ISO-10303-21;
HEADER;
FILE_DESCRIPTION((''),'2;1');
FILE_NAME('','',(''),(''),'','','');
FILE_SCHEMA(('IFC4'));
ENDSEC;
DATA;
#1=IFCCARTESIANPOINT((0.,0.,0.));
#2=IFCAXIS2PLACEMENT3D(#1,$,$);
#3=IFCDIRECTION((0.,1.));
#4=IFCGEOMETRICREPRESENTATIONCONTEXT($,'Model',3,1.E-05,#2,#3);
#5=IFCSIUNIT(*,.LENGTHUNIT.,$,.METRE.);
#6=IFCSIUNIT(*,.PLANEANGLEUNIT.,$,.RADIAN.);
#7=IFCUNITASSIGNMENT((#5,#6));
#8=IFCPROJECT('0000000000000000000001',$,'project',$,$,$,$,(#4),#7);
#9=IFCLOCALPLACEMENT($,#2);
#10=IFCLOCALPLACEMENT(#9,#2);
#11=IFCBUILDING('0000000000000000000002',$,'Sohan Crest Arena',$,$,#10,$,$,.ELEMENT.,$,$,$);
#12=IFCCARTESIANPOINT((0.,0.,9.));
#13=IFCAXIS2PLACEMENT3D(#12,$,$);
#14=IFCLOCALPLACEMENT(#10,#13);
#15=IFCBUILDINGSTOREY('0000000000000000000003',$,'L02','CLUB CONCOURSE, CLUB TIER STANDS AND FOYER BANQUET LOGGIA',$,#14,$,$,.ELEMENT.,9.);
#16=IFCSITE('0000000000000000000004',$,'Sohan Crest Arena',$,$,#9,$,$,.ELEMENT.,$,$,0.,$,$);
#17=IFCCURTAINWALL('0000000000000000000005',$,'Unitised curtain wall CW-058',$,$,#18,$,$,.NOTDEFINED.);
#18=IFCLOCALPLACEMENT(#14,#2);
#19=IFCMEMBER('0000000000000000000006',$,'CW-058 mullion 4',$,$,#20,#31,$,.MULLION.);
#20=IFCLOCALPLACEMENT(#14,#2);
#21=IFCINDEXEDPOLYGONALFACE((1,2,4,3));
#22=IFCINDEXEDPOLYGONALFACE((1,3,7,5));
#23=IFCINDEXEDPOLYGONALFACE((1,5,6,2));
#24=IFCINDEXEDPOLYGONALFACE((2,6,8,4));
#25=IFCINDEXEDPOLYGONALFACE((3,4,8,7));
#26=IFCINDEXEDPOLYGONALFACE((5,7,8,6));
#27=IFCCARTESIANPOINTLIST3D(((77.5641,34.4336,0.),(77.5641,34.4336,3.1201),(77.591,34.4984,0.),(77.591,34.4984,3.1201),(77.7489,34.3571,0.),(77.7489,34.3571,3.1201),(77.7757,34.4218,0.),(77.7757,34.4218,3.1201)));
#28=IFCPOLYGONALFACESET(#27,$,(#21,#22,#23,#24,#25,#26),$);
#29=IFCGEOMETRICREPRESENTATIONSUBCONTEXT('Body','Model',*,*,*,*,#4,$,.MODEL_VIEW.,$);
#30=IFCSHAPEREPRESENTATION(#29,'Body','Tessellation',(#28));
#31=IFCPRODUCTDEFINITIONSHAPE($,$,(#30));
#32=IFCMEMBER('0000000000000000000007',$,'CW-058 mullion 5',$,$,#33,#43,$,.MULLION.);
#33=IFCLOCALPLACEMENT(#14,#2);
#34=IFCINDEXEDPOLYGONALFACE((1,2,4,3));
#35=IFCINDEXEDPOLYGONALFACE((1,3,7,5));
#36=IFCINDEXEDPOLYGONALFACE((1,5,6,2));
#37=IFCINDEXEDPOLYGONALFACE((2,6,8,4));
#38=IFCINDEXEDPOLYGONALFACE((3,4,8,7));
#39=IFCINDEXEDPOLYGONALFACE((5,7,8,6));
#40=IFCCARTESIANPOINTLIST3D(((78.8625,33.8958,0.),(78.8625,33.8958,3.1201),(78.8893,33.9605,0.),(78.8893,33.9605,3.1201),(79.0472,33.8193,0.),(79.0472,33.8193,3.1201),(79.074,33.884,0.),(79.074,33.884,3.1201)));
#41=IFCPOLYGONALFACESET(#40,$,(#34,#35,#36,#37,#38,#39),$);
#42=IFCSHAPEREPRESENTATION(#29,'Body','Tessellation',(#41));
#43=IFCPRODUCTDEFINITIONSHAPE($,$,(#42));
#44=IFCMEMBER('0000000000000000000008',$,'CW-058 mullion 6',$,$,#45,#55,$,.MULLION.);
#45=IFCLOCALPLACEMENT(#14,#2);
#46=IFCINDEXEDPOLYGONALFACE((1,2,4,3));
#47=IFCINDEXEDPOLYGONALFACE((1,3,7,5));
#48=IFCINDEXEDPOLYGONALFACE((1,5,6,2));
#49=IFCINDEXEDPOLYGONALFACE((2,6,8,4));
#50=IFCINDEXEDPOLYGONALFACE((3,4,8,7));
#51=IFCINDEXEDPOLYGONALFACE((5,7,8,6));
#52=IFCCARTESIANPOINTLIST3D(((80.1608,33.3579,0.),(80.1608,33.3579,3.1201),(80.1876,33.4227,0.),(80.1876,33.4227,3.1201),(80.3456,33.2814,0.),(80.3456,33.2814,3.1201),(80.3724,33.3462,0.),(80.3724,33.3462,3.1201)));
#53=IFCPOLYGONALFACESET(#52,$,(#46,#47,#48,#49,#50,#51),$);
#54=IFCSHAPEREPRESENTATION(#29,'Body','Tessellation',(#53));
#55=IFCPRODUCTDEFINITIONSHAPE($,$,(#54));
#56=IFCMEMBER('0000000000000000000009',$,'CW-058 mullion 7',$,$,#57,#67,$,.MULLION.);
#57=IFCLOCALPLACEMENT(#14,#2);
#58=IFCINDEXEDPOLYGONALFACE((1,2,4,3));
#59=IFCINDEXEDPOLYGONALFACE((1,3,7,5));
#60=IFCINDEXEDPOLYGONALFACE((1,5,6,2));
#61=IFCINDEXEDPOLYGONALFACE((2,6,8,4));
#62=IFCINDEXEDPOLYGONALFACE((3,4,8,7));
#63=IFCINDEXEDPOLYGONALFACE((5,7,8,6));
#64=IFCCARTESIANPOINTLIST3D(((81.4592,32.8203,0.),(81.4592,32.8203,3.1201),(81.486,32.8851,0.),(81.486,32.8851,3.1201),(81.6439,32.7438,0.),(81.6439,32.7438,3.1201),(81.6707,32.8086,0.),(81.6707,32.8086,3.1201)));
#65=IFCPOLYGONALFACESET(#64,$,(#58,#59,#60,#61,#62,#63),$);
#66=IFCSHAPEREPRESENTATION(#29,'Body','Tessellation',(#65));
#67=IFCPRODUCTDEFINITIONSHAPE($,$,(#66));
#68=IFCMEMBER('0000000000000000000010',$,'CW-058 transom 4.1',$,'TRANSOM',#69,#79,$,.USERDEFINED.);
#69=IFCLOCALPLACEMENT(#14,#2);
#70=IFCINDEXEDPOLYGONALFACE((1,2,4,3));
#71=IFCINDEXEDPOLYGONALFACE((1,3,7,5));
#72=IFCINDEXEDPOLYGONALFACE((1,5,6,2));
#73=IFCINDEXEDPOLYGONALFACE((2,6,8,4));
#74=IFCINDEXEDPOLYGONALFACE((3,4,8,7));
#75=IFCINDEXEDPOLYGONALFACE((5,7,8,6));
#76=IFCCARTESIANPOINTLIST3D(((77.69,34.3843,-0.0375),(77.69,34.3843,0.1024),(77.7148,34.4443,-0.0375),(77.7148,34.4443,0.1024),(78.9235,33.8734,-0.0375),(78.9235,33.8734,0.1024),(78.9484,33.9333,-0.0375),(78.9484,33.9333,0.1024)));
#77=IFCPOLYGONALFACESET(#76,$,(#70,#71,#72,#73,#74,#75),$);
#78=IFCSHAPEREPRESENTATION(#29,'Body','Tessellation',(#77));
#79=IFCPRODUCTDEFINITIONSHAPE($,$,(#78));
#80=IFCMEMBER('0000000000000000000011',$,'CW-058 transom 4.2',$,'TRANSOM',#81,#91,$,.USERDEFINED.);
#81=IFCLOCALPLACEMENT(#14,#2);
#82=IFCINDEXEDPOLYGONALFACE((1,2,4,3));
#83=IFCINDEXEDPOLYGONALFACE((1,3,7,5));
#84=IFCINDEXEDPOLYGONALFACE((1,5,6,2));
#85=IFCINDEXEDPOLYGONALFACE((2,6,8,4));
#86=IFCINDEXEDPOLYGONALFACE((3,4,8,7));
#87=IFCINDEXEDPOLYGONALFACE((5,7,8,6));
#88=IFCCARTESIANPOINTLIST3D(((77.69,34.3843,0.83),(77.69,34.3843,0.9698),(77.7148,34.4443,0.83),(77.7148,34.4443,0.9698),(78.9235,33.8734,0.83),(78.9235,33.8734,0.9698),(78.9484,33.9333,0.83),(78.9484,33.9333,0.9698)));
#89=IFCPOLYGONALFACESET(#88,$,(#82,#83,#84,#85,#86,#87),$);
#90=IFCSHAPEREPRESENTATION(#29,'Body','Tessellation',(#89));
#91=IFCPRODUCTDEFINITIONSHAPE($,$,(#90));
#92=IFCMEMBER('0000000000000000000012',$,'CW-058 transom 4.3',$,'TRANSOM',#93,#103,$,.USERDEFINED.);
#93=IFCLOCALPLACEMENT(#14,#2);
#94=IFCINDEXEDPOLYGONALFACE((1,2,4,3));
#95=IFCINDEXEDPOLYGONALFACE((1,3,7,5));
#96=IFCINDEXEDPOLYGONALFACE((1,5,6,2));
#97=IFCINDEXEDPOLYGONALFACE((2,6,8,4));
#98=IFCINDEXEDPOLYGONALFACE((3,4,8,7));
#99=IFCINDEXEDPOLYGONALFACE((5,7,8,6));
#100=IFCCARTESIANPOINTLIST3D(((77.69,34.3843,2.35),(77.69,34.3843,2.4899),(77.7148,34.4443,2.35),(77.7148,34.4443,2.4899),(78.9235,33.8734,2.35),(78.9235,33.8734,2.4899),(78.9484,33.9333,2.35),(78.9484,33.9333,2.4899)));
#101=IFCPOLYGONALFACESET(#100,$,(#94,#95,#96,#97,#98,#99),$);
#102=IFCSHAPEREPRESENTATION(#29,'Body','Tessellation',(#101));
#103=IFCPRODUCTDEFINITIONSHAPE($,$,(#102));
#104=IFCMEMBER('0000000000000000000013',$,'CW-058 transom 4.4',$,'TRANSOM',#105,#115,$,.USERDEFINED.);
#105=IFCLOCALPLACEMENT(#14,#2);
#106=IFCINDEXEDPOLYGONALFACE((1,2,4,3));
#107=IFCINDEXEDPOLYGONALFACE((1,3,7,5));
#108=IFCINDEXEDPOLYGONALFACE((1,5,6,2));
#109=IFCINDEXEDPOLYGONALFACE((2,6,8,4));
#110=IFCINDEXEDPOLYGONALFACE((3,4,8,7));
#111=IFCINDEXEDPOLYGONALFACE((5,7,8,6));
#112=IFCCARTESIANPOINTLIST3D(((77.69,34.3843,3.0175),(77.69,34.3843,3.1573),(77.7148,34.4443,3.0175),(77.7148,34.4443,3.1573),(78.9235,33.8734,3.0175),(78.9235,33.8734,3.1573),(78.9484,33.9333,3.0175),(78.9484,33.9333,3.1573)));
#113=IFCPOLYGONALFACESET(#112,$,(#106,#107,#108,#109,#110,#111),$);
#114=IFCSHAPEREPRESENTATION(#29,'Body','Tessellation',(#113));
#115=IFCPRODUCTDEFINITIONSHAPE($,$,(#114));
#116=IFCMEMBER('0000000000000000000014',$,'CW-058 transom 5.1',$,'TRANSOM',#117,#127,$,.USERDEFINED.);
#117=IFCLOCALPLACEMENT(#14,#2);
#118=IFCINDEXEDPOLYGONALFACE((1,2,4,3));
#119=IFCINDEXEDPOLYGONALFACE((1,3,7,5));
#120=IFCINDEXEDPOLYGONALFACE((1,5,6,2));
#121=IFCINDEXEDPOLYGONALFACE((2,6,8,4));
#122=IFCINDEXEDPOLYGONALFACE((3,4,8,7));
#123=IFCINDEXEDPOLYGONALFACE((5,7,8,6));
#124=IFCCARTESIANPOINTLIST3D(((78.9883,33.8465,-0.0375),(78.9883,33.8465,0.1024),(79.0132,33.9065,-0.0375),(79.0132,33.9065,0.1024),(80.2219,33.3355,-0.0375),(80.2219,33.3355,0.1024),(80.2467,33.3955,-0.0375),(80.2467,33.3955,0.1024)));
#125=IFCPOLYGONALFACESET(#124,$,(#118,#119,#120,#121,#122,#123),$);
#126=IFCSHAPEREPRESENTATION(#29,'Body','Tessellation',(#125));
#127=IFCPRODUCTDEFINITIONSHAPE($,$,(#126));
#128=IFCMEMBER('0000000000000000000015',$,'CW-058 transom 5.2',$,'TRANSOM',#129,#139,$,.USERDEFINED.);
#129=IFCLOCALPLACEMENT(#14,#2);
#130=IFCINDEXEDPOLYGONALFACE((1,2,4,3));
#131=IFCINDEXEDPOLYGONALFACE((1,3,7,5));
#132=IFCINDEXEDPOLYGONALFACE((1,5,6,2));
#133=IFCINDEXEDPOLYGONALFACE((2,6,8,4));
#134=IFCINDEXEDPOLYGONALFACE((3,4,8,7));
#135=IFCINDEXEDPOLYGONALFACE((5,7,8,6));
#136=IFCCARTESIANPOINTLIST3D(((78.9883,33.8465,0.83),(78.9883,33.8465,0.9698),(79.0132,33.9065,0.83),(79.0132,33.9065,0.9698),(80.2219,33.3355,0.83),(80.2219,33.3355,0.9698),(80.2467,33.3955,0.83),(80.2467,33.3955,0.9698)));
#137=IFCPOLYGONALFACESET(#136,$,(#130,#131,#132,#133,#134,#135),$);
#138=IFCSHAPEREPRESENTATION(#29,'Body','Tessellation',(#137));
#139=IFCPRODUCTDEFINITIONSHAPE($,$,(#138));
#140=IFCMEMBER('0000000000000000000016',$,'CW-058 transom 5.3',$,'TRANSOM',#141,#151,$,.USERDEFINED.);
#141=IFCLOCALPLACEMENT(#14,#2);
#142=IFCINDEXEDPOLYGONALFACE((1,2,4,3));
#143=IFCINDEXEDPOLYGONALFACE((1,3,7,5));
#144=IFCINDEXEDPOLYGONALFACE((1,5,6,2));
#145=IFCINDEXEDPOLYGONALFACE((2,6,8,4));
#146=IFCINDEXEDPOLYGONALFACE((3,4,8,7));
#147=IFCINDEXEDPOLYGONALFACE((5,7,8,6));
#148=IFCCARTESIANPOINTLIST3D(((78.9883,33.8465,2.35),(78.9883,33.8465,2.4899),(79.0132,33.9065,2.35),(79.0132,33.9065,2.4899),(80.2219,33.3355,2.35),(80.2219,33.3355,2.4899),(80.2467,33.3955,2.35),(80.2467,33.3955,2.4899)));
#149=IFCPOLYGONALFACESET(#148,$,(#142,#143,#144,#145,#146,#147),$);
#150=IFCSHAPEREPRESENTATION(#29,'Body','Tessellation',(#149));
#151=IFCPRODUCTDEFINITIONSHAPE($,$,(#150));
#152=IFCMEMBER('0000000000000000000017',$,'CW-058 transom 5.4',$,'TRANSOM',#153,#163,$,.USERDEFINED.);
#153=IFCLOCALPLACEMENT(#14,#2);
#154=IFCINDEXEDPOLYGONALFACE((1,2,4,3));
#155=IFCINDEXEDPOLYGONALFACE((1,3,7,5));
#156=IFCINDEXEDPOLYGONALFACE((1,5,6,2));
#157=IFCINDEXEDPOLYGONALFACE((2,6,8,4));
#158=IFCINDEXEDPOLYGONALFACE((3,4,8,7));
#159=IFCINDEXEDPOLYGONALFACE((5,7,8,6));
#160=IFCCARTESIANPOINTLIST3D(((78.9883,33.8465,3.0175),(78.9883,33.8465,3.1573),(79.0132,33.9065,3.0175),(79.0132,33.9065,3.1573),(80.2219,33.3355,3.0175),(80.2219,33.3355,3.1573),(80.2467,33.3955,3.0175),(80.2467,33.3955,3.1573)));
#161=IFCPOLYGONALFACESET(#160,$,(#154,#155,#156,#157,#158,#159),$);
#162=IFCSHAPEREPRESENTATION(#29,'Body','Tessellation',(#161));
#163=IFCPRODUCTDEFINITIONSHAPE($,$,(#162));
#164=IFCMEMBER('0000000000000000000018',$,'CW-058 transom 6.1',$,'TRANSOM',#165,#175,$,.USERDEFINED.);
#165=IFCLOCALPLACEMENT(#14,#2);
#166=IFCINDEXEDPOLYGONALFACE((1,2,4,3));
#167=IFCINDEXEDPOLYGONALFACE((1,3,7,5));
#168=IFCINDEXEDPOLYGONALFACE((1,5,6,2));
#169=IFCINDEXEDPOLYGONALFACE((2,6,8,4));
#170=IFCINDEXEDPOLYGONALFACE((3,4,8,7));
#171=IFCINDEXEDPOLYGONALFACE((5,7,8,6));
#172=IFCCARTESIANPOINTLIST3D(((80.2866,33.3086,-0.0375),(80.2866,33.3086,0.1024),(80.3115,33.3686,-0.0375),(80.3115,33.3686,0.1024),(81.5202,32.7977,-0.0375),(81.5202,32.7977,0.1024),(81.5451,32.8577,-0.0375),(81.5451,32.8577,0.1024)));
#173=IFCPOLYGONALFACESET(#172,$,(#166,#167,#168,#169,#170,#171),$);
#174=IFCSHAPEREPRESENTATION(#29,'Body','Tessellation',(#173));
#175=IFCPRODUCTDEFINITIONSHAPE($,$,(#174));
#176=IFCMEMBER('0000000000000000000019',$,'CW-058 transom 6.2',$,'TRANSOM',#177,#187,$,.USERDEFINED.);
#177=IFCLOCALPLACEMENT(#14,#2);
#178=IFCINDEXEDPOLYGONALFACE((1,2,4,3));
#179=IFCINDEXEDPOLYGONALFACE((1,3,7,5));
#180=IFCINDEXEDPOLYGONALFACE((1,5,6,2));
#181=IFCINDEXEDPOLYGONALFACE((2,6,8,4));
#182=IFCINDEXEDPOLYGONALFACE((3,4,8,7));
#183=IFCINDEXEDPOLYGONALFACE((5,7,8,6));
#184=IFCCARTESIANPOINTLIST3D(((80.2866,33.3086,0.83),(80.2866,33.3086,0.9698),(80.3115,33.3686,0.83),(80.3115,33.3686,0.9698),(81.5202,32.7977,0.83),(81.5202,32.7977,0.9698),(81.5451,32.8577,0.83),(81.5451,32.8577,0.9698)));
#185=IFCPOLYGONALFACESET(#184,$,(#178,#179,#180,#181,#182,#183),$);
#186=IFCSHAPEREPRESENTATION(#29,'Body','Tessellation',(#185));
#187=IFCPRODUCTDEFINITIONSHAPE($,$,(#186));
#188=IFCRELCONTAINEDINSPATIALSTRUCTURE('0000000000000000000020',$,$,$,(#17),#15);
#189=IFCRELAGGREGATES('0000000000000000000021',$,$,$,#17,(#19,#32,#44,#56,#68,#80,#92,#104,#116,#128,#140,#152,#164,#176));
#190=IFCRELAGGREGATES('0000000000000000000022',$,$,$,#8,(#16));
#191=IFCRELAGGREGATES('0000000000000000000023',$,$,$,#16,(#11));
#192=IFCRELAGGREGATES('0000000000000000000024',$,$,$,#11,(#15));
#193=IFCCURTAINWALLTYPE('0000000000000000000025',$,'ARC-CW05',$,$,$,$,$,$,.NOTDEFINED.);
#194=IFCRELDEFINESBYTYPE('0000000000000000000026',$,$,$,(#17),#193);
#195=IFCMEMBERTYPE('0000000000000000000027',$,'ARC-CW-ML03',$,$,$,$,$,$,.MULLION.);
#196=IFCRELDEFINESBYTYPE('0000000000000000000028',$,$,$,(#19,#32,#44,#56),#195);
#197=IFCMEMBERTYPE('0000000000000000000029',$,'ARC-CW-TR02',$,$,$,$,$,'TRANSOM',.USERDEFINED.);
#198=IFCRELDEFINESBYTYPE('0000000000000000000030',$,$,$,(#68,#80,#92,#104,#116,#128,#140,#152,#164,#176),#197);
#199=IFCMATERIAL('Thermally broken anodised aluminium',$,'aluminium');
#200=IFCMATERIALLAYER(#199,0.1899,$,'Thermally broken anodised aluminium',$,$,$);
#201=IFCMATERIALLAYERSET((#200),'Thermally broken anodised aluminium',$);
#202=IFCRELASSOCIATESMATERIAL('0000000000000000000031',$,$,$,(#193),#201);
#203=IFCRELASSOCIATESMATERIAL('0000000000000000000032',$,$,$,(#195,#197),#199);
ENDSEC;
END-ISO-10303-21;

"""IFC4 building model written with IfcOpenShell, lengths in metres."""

from ifc_helpers import new_model, si_unit, direction, frame, origin, origin_2d, place, context, subcontext, project, spatial, rectangle, extrude, material, layer, layer_set, material_profile, profile_set, type_object, element, aggregate, save


model = new_model("IFC4")

# Units and contexts
model_context = context("Model", 3, precision=1e-05, world=origin(), true_north=direction((0.0, 1.0)))
body_context = subcontext(model_context, "Body", "Model", "MODEL_VIEW")
ifc_project = project(units=[si_unit("LENGTHUNIT", "METRE"), si_unit("PLANEANGLEUNIT", "RADIAN")], contexts=[model_context])

# Site, building, storey
site_placement = place(None, origin())
site = spatial("IfcSite", under=ifc_project, at=site_placement, Name="Sohan Crest Arena", CompositionType="ELEMENT", RefElevation=0.0)
building_placement = place(site_placement, origin())
building = spatial("IfcBuilding", under=site, at=building_placement, Name="Sohan Crest Arena", CompositionType="ELEMENT")
storey_placement = place(building_placement, frame((0.0, 0.0, 9.0)))
storey = spatial("IfcBuildingStorey", under=building, at=storey_placement, Name="L02", Description="CLUB CONCOURSE, CLUB TIER STANDS AND FOYER BANQUET LOGGIA", CompositionType="ELEMENT", Elevation=9.0)

# Curtain wall, members
ifc_material_1 = material(Name="Thermally broken anodised aluminium", Category="aluminium")
ifc_layer_1 = layer(ifc_material_1, 0.1899, Name="Thermally broken anodised aluminium")
ifc_layer_set_1 = layer_set([ifc_layer_1], Name="Thermally broken anodised aluminium")
curtain_wall_type = type_object("IfcCurtainWallType", Name="ARC-CW05", PredefinedType="NOTDEFINED", material=ifc_layer_set_1)
curtain_wall_placement = place(storey_placement, origin())
curtain_wall = element("IfcCurtainWall", 1, at=curtain_wall_placement, inside=storey, type_object=curtain_wall_type, Name="Unitised curtain wall CW-058", PredefinedType="NOTDEFINED")
ifc_material_profile_1 = material_profile(ifc_material_1, rectangle(XDim=0.0701, YDim=0.2, at=origin_2d()), Name="ALU-MULL 70x200")
ifc_profile_set_1 = profile_set([ifc_material_profile_1], Name="Thermally broken anodised aluminium")
member_type_1 = type_object("IfcMemberType", Name="ARC-CW-ML03", PredefinedType="MULLION", material=ifc_profile_set_1)
member_1_placement = place(storey_placement, frame((77.6699, 34.4277, 0.0), z_axis=(0.0, 0.0, 1.0), x_axis=(0.382678, 0.923882, 0.0)))
member_1 = element("IfcMember", 2, at=member_1_placement, type_object=member_type_1, Name="CW-058 mullion 4", PredefinedType="MULLION", context=body_context, shape_type="SweptSolid", body=[
    extrude(rectangle(XDim=0.0701, YDim=0.2, at=origin_2d()), origin(), (0.0, 0.0, 1.0), 3.1201),
])
member_2_placement = place(storey_placement, frame((78.9683, 33.8899, 0.0), z_axis=(0.0, 0.0, 1.0), x_axis=(0.382678, 0.923882, 0.0)))
member_2 = element("IfcMember", 3, at=member_2_placement, type_object=member_type_1, Name="CW-058 mullion 5", PredefinedType="MULLION", context=body_context, shape_type="SweptSolid", body=[
    extrude(rectangle(XDim=0.0701, YDim=0.2, at=origin_2d()), origin(), (0.0, 0.0, 1.0), 3.1201),
])
member_3_placement = place(storey_placement, frame((80.2666, 33.3521, 0.0), z_axis=(0.0, 0.0, 1.0), x_axis=(0.382678, 0.923882, 0.0)))
member_3 = element("IfcMember", 4, at=member_3_placement, type_object=member_type_1, Name="CW-058 mullion 6", PredefinedType="MULLION", context=body_context, shape_type="SweptSolid", body=[
    extrude(rectangle(XDim=0.0701, YDim=0.2, at=origin_2d()), origin(), (0.0, 0.0, 1.0), 3.1201),
])
member_4_placement = place(storey_placement, frame((81.5649, 32.8145, 0.0), z_axis=(0.0, 0.0, 1.0), x_axis=(0.382678, 0.923882, 0.0)))
member_4 = element("IfcMember", 5, at=member_4_placement, type_object=member_type_1, Name="CW-058 mullion 7", PredefinedType="MULLION", context=body_context, shape_type="SweptSolid", body=[
    extrude(rectangle(XDim=0.0701, YDim=0.2, at=origin_2d()), origin(), (0.0, 0.0, 1.0), 3.1201),
])
ifc_material_profile_2 = material_profile(ifc_material_1, rectangle(XDim=0.0649, YDim=0.1399, at=origin_2d()), Name="ALU-TRAN 65x140")
ifc_profile_set_2 = profile_set([ifc_material_profile_2], Name="Thermally broken anodised aluminium")
member_type_2 = type_object("IfcMemberType", Name="ARC-CW-TR02", ElementType="TRANSOM", PredefinedType="USERDEFINED", material=ifc_profile_set_2)
member_5_placement = place(storey_placement, frame((77.7024, 34.4143, 0.0325), z_axis=(0.923881, -0.38268, 0.0), x_axis=(0.38268, 0.923881, 0.0)))
member_5 = element("IfcMember", 6, at=member_5_placement, type_object=member_type_2, Name="CW-058 transom 4.1", ObjectType="TRANSOM", PredefinedType="USERDEFINED", context=body_context, shape_type="SweptSolid", body=[
    extrude(rectangle(XDim=0.0649, YDim=0.1399, at=origin_2d()), origin(), (0.0, 0.0, 1.0), 1.3352),
])
member_6_placement = place(storey_placement, frame((77.7024, 34.4143, 0.8999), z_axis=(0.923881, -0.38268, 0.0), x_axis=(0.38268, 0.923881, 0.0)))
member_6 = element("IfcMember", 7, at=member_6_placement, type_object=member_type_2, Name="CW-058 transom 4.2", ObjectType="TRANSOM", PredefinedType="USERDEFINED", context=body_context, shape_type="SweptSolid", body=[
    extrude(rectangle(XDim=0.0649, YDim=0.1399, at=origin_2d()), origin(), (0.0, 0.0, 1.0), 1.3352),
])
member_7_placement = place(storey_placement, frame((77.7024, 34.4143, 2.4199), z_axis=(0.923881, -0.38268, 0.0), x_axis=(0.38268, 0.923881, 0.0)))
member_7 = element("IfcMember", 8, at=member_7_placement, type_object=member_type_2, Name="CW-058 transom 4.3", ObjectType="TRANSOM", PredefinedType="USERDEFINED", context=body_context, shape_type="SweptSolid", body=[
    extrude(rectangle(XDim=0.0649, YDim=0.1399, at=origin_2d()), origin(), (0.0, 0.0, 1.0), 1.3352),
])
member_8_placement = place(storey_placement, frame((77.7024, 34.4143, 3.0874), z_axis=(0.923881, -0.38268, 0.0), x_axis=(0.38268, 0.923881, 0.0)))
member_8 = element("IfcMember", 9, at=member_8_placement, type_object=member_type_2, Name="CW-058 transom 4.4", ObjectType="TRANSOM", PredefinedType="USERDEFINED", context=body_context, shape_type="SweptSolid", body=[
    extrude(rectangle(XDim=0.0649, YDim=0.1399, at=origin_2d()), origin(), (0.0, 0.0, 1.0), 1.3352),
])
member_9_placement = place(storey_placement, frame((79.0007, 33.8765, 0.0325), z_axis=(0.923881, -0.38268, 0.0), x_axis=(0.38268, 0.923881, 0.0)))
member_9 = element("IfcMember", 10, at=member_9_placement, type_object=member_type_2, Name="CW-058 transom 5.1", ObjectType="TRANSOM", PredefinedType="USERDEFINED", context=body_context, shape_type="SweptSolid", body=[
    extrude(rectangle(XDim=0.0649, YDim=0.1399, at=origin_2d()), origin(), (0.0, 0.0, 1.0), 1.3352),
])
member_10_placement = place(storey_placement, frame((79.0007, 33.8765, 0.8999), z_axis=(0.923881, -0.38268, 0.0), x_axis=(0.38268, 0.923881, 0.0)))
member_10 = element("IfcMember", 11, at=member_10_placement, type_object=member_type_2, Name="CW-058 transom 5.2", ObjectType="TRANSOM", PredefinedType="USERDEFINED", context=body_context, shape_type="SweptSolid", body=[
    extrude(rectangle(XDim=0.0649, YDim=0.1399, at=origin_2d()), origin(), (0.0, 0.0, 1.0), 1.3352),
])
member_11_placement = place(storey_placement, frame((79.0007, 33.8765, 2.4199), z_axis=(0.923881, -0.38268, 0.0), x_axis=(0.38268, 0.923881, 0.0)))
member_11 = element("IfcMember", 12, at=member_11_placement, type_object=member_type_2, Name="CW-058 transom 5.3", ObjectType="TRANSOM", PredefinedType="USERDEFINED", context=body_context, shape_type="SweptSolid", body=[
    extrude(rectangle(XDim=0.0649, YDim=0.1399, at=origin_2d()), origin(), (0.0, 0.0, 1.0), 1.3352),
])
member_12_placement = place(storey_placement, frame((79.0007, 33.8765, 3.0874), z_axis=(0.923881, -0.38268, 0.0), x_axis=(0.38268, 0.923881, 0.0)))
member_12 = element("IfcMember", 13, at=member_12_placement, type_object=member_type_2, Name="CW-058 transom 5.4", ObjectType="TRANSOM", PredefinedType="USERDEFINED", context=body_context, shape_type="SweptSolid", body=[
    extrude(rectangle(XDim=0.0649, YDim=0.1399, at=origin_2d()), origin(), (0.0, 0.0, 1.0), 1.3352),
])
member_13_placement = place(storey_placement, frame((80.2991, 33.3386, 0.0325), z_axis=(0.923881, -0.38268, 0.0), x_axis=(0.38268, 0.923881, 0.0)))
member_13 = element("IfcMember", 14, at=member_13_placement, type_object=member_type_2, Name="CW-058 transom 6.1", ObjectType="TRANSOM", PredefinedType="USERDEFINED", context=body_context, shape_type="SweptSolid", body=[
    extrude(rectangle(XDim=0.0649, YDim=0.1399, at=origin_2d()), origin(), (0.0, 0.0, 1.0), 1.3352),
])
member_14_placement = place(storey_placement, frame((80.2991, 33.3386, 0.8999), z_axis=(0.923881, -0.38268, 0.0), x_axis=(0.38268, 0.923881, 0.0)))
member_14 = element("IfcMember", 15, at=member_14_placement, type_object=member_type_2, Name="CW-058 transom 6.2", ObjectType="TRANSOM", PredefinedType="USERDEFINED", context=body_context, shape_type="SweptSolid", body=[
    extrude(rectangle(XDim=0.0649, YDim=0.1399, at=origin_2d()), origin(), (0.0, 0.0, 1.0), 1.3352),
])
aggregate(curtain_wall, [member_1, member_2, member_3, member_4, member_5, member_6, member_7, member_8, member_9, member_10, member_11, member_12, member_13, member_14])

save(model, "model.ifc")
